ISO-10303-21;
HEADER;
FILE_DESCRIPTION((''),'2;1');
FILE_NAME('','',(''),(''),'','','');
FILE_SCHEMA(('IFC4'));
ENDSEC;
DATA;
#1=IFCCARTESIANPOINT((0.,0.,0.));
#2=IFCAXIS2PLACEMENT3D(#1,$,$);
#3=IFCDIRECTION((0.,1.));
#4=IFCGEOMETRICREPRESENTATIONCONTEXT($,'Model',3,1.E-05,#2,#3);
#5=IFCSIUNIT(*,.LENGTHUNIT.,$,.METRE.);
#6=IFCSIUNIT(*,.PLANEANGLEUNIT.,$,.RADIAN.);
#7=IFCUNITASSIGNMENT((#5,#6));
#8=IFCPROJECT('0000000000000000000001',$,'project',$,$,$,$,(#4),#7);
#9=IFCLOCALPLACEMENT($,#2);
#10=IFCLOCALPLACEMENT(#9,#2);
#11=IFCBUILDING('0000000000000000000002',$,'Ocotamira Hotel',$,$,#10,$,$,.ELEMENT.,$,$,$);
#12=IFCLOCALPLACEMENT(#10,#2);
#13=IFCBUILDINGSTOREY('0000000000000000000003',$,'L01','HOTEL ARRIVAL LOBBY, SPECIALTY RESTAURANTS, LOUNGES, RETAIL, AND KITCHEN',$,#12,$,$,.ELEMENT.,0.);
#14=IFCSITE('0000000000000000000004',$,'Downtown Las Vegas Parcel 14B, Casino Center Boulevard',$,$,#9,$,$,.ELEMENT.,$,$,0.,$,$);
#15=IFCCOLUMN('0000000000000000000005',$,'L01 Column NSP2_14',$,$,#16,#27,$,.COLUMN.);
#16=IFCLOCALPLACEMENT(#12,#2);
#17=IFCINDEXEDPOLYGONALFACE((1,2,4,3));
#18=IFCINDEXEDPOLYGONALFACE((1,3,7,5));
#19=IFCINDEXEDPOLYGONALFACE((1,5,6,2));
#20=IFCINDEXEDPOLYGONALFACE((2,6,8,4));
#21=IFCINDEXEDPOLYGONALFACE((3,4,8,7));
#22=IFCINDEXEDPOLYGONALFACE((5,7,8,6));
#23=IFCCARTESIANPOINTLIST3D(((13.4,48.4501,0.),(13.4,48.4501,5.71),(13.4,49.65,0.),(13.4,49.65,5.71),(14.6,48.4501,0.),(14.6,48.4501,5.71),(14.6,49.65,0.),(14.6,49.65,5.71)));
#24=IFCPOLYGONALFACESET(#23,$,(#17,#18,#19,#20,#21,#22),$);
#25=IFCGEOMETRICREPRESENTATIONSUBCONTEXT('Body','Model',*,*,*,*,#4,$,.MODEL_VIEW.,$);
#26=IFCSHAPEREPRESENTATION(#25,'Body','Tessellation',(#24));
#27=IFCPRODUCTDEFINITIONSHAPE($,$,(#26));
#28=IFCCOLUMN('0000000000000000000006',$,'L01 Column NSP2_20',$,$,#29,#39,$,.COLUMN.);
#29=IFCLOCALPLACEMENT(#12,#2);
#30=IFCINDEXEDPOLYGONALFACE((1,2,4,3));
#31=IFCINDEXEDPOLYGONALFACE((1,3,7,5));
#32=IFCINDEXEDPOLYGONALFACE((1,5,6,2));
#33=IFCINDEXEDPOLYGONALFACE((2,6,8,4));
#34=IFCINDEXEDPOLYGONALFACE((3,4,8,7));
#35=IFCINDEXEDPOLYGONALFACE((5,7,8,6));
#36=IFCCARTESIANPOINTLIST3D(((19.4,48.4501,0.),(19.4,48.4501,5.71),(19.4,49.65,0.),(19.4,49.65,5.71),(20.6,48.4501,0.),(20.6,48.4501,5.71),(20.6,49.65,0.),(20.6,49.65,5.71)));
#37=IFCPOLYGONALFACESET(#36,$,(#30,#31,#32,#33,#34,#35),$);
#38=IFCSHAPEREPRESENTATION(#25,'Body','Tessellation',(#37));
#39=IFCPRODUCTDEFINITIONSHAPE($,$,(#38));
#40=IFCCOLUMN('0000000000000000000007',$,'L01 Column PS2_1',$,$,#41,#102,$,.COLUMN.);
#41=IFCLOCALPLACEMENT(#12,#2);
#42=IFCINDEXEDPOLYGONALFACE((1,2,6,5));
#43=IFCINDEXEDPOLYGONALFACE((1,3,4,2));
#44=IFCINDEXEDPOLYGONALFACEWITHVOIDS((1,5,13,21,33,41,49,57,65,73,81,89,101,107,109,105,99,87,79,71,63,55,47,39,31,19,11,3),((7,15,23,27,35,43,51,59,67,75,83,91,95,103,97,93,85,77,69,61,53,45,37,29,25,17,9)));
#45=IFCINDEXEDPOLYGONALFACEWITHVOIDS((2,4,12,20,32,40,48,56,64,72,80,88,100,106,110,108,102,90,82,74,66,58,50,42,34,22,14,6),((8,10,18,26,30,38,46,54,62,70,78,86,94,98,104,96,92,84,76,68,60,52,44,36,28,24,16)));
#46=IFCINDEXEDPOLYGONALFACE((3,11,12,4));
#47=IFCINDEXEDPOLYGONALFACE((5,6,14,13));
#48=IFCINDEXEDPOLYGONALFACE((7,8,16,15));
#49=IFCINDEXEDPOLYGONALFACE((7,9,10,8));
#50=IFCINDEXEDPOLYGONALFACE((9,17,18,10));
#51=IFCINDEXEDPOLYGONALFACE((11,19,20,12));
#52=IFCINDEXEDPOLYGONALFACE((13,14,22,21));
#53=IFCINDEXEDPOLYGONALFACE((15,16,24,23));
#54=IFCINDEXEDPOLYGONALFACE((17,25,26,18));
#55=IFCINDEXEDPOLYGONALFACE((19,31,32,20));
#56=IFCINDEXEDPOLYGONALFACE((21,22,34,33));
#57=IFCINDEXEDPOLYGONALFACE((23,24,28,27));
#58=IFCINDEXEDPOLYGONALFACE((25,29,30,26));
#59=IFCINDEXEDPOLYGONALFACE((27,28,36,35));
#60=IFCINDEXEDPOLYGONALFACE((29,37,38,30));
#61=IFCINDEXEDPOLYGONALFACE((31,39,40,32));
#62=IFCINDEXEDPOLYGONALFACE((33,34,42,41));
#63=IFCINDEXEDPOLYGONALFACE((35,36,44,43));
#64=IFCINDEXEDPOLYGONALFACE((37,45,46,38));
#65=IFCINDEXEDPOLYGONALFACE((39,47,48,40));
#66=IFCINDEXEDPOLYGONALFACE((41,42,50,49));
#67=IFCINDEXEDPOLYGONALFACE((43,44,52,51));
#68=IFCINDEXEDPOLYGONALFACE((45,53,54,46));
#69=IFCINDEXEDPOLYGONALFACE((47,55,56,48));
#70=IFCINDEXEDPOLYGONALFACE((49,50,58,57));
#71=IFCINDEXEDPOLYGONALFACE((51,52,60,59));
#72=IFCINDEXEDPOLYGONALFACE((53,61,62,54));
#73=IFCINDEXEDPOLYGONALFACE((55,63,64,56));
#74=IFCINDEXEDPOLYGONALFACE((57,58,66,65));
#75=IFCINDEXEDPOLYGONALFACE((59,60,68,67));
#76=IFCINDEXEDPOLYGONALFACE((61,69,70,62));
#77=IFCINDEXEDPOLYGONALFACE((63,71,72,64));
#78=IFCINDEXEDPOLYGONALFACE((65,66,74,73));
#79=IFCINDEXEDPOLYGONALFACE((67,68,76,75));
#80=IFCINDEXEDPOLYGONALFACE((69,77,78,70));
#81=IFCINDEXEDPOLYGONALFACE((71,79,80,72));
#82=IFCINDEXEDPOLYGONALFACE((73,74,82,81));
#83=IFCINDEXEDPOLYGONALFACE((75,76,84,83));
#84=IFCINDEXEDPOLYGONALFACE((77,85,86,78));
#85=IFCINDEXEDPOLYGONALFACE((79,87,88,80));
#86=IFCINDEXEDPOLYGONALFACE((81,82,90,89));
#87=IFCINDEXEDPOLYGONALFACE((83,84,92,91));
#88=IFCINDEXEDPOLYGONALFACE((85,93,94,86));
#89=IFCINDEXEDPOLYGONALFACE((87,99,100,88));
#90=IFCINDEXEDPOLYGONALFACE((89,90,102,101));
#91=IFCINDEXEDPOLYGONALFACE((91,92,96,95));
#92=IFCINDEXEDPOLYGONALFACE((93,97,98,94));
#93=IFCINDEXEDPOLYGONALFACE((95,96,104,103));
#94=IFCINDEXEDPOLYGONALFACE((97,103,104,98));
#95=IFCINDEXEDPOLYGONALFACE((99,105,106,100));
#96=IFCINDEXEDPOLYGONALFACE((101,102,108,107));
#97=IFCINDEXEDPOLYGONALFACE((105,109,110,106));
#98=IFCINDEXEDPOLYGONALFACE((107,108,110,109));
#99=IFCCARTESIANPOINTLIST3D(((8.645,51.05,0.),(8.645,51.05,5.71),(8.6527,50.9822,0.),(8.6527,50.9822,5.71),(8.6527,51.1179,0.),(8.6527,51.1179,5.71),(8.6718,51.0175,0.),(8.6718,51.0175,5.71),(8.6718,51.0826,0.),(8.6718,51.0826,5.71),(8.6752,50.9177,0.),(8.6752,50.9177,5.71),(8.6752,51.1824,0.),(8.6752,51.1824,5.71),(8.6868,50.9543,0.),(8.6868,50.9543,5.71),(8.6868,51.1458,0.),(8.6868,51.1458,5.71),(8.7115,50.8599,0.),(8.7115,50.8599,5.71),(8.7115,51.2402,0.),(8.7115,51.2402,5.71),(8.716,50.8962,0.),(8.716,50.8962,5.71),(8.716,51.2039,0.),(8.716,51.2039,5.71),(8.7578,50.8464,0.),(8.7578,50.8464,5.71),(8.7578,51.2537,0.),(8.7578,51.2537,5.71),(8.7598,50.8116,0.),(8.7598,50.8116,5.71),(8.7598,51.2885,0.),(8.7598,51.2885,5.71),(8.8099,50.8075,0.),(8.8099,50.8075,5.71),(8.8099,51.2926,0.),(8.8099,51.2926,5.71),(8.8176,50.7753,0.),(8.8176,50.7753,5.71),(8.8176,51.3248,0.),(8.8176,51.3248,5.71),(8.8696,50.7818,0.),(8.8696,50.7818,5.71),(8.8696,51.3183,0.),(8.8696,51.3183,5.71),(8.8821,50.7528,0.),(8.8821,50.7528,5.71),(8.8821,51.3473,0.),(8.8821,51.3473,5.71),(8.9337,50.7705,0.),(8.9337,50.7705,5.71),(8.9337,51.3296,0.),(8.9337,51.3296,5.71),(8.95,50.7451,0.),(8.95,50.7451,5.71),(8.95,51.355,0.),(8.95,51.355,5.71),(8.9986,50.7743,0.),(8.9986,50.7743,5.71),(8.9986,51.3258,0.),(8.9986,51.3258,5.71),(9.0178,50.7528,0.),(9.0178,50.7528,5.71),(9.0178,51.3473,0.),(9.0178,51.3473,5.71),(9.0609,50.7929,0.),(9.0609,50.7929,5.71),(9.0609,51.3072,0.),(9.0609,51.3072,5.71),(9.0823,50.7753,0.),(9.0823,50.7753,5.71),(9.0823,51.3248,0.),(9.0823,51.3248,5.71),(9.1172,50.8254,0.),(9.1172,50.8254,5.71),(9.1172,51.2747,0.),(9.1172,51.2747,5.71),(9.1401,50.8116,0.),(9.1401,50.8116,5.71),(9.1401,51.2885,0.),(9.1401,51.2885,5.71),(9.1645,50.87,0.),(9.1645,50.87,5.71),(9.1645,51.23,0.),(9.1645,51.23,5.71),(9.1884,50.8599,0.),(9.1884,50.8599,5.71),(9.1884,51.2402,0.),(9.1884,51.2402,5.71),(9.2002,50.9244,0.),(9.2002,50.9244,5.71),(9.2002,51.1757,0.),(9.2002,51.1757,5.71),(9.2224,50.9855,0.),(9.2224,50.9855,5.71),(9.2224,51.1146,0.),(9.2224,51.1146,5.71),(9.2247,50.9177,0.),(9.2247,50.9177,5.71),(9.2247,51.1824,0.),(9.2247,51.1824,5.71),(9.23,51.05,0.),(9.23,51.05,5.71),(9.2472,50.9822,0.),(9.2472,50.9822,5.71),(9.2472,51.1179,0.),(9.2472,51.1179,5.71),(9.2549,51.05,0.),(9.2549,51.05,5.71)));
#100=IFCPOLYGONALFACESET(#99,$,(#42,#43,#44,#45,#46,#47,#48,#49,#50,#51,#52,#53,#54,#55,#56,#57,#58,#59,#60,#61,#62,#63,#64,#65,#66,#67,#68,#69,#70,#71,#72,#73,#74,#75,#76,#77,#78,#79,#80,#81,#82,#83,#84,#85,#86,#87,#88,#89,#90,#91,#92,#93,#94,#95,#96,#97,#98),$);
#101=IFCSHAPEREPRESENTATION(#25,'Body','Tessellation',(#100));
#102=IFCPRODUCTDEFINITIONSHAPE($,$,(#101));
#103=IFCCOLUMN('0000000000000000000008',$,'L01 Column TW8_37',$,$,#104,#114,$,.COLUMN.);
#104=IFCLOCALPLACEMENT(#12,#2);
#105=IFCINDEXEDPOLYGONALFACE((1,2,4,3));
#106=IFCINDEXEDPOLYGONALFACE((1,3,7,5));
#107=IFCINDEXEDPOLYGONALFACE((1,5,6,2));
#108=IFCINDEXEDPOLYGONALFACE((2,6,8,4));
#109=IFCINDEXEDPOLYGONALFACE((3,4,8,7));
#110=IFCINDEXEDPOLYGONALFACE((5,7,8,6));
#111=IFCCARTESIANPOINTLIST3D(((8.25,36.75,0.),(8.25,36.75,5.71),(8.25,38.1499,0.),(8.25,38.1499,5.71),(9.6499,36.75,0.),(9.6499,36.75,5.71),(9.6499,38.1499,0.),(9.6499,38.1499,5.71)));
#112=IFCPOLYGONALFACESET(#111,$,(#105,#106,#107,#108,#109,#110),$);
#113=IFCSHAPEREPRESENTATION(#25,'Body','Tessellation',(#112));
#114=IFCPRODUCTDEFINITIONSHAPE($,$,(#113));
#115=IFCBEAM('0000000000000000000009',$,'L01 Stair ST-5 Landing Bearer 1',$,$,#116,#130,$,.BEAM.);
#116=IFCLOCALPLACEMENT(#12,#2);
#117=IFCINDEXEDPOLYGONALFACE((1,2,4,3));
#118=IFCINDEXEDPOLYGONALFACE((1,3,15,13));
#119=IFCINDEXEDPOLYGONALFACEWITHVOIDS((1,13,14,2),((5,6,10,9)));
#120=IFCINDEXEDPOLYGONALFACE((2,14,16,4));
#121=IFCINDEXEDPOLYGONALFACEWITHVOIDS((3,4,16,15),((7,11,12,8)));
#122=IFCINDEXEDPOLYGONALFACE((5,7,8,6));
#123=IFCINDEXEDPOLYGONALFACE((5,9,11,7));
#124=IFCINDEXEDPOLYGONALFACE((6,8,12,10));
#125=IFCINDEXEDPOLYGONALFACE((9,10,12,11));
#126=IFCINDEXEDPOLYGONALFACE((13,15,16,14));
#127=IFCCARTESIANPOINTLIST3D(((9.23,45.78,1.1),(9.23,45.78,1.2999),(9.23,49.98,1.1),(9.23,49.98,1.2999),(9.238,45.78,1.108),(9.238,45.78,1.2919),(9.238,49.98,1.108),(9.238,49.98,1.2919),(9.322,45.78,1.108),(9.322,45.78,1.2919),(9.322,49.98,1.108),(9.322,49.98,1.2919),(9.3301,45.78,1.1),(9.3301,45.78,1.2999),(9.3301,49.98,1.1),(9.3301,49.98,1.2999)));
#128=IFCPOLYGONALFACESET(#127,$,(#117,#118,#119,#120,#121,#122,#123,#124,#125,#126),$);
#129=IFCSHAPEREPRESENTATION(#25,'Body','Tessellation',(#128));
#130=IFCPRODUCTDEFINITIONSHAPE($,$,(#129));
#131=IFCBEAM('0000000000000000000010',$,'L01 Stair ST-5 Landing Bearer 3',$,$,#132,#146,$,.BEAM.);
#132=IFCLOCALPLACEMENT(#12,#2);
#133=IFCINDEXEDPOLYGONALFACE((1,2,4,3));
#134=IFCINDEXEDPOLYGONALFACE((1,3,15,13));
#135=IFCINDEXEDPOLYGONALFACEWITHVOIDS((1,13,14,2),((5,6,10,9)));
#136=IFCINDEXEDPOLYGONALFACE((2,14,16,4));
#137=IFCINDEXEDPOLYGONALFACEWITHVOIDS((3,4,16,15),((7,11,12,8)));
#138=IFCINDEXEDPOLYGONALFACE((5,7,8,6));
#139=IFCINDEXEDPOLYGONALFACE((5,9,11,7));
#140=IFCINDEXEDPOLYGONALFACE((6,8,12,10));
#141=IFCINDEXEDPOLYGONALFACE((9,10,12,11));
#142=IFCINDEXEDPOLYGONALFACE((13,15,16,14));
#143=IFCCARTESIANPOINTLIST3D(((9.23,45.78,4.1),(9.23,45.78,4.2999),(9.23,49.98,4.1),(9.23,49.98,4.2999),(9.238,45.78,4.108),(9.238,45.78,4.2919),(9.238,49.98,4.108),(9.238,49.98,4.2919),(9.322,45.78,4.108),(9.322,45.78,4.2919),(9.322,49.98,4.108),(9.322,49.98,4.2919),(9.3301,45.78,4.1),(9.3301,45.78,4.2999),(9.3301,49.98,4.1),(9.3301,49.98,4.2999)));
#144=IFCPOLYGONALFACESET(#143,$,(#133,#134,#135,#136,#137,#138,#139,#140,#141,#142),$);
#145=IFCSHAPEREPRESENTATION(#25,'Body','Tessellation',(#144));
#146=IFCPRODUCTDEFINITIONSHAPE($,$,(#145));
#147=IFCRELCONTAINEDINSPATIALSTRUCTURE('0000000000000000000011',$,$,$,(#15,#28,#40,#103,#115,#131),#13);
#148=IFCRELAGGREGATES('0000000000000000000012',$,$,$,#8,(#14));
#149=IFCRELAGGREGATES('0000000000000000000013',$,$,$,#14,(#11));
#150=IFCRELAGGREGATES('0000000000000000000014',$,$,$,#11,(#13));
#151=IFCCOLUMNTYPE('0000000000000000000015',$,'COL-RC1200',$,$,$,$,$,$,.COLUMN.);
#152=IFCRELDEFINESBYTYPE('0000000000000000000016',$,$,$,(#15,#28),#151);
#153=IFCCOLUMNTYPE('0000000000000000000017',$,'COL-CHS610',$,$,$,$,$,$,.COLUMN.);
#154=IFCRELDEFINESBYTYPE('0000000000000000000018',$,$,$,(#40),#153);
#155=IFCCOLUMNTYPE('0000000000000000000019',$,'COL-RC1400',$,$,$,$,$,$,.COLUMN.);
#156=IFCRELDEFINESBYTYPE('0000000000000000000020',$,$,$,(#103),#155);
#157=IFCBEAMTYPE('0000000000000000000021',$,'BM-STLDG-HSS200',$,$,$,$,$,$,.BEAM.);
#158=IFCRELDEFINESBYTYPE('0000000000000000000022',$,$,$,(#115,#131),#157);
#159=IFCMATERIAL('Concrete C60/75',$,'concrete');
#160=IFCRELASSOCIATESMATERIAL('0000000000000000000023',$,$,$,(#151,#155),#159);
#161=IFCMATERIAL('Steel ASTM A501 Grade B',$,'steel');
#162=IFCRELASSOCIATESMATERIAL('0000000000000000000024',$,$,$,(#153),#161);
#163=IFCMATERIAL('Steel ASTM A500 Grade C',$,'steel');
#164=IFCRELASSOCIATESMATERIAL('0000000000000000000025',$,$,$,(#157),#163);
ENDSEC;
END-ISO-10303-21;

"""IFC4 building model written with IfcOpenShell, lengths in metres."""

from ifc_helpers import new_model, si_unit, direction, frame, origin, origin_2d, place, context, subcontext, project, spatial, rectangle, hollow_rectangle, hollow_circle, extrude, source, transform, mapped, material, material_profile, profile_set, type_object, element, save


model = new_model("IFC4")

# Units and contexts
model_context = context("Model", 3, precision=1e-05, world=origin(), true_north=direction((0.0, 1.0)))
body_context = subcontext(model_context, "Body", "Model", "MODEL_VIEW")
ifc_project = project(units=[si_unit("LENGTHUNIT", "METRE"), si_unit("PLANEANGLEUNIT", "RADIAN")], contexts=[model_context])

# Site, building, storey
site_placement = place(None, origin())
site = spatial("IfcSite", under=ifc_project, at=site_placement, Name="Downtown Las Vegas Parcel 14B, Casino Center Boulevard", CompositionType="ELEMENT", RefElevation=0.0)
building_placement = place(site_placement, origin())
building = spatial("IfcBuilding", under=site, at=building_placement, Name="Ocotamira Hotel", CompositionType="ELEMENT")
storey_placement = place(building_placement, origin())
storey = spatial("IfcBuildingStorey", under=building, at=storey_placement, Name="L01", Description="HOTEL ARRIVAL LOBBY, SPECIALTY RESTAURANTS, LOUNGES, RETAIL, AND KITCHEN", CompositionType="ELEMENT", Elevation=0.0)

# Columns
ifc_material_1 = material(Name="Concrete C60/75", Category="concrete")
ifc_material_profile_1 = material_profile(ifc_material_1, rectangle(XDim=1.2, YDim=1.2, at=origin_2d()), Name="RC1200X1200")
ifc_profile_set_1 = profile_set([ifc_material_profile_1], Name="Concrete C60/75")
column_type_1 = type_object("IfcColumnType", Name="COL-RC1200", PredefinedType="COLUMN", material=ifc_profile_set_1)
shared_shape_1 = source(origin(), body_context, "Body", "SweptSolid", [
    extrude(rectangle(XDim=1.2, YDim=1.2, at=origin_2d()), origin(), (0.0, 0.0, 1.0), 5.71),
])
for number, where, z_axis, x_axis, name in (
    (1, (14.0, 49.05, 0.0), (0.0, 0.0, 1.0), (1.0, 0.0, 0.0), "L01 Column NSP2_14"),
    (2, (20.0, 49.05, 0.0), (0.0, 0.0, 1.0), (1.0, 0.0, 0.0), "L01 Column NSP2_20"),
):
    element("IfcColumn", number, at=place(storey_placement, frame(where, z_axis=z_axis, x_axis=x_axis)), inside=storey, type_object=column_type_1, Name=name, PredefinedType="COLUMN", context=body_context, shape_type="MappedRepresentation", body=[
        mapped(shared_shape_1, transform((0.0, 0.0, 0.0), scale=1.0)),
    ])
ifc_material_2 = material(Name="Steel ASTM A501 Grade B", Category="steel")
ifc_material_profile_2 = material_profile(ifc_material_2, hollow_circle(Radius=0.3049, WallThickness=0.0249, at=origin_2d()), Name="CHS610X25")
ifc_profile_set_2 = profile_set([ifc_material_profile_2], Name="Steel ASTM A501 Grade B")
column_type_2 = type_object("IfcColumnType", Name="COL-CHS610", PredefinedType="COLUMN", material=ifc_profile_set_2)
shared_shape_2 = source(origin(), body_context, "Body", "SweptSolid", [
    extrude(hollow_circle(Radius=0.3049, WallThickness=0.0249, at=origin_2d()), origin(), (0.0, 0.0, 1.0), 5.71),
])
column_1_placement = place(storey_placement, frame((8.95, 51.05, 0.0), z_axis=(0.0, 0.0, 1.0), x_axis=(1.0, 0.0, 0.0)))
element("IfcColumn", 3, at=column_1_placement, inside=storey, type_object=column_type_2, Name="L01 Column PS2_1", PredefinedType="COLUMN", context=body_context, shape_type="MappedRepresentation", body=[
    mapped(shared_shape_2, transform((0.0, 0.0, 0.0), scale=1.0)),
])
ifc_material_profile_3 = material_profile(ifc_material_1, rectangle(XDim=1.3999, YDim=1.3999, at=origin_2d()), Name="RC1400X1400")
ifc_profile_set_3 = profile_set([ifc_material_profile_3], Name="Concrete C60/75")
column_type_3 = type_object("IfcColumnType", Name="COL-RC1400", PredefinedType="COLUMN", material=ifc_profile_set_3)
shared_shape_3 = source(origin(), body_context, "Body", "SweptSolid", [
    extrude(rectangle(XDim=1.3999, YDim=1.3999, at=origin_2d()), origin(), (0.0, 0.0, 1.0), 5.71),
])
column_2_placement = place(storey_placement, frame((8.95, 37.45, 0.0), z_axis=(0.0, 0.0, 1.0), x_axis=(1.0, 0.0, 0.0)))
element("IfcColumn", 4, at=column_2_placement, inside=storey, type_object=column_type_3, Name="L01 Column TW8_37", PredefinedType="COLUMN", context=body_context, shape_type="MappedRepresentation", body=[
    mapped(shared_shape_3, transform((0.0, 0.0, 0.0), scale=1.0)),
])

# Beams
ifc_material_3 = material(Name="Steel ASTM A500 Grade C", Category="steel")
ifc_material_profile_4 = material_profile(ifc_material_3, hollow_rectangle(XDim=0.1001, YDim=0.2, WallThickness=0.0081, at=origin_2d()), Name="HSS200X100X8")
ifc_profile_set_4 = profile_set([ifc_material_profile_4], Name="Steel ASTM A500 Grade C")
beam_type_1 = type_object("IfcBeamType", Name="BM-STLDG-HSS200", PredefinedType="BEAM", material=ifc_profile_set_4)
shared_shape_4 = source(origin(), body_context, "Body", "SweptSolid", [
    extrude(hollow_rectangle(XDim=0.1001, YDim=0.2, WallThickness=0.0081, at=origin_2d()), origin(), (0.0, 0.0, 1.0), 4.2),
])
for number, where, z_axis, x_axis, name in (
    (5, (9.28, 45.78, 1.2), (0.0, 1.0, 0.0), (-1.0, 0.0, 0.0), "L01 Stair ST-5 Landing Bearer 1"),
    (6, (9.28, 45.78, 4.2), (0.0, 1.0, 0.0), (-1.0, 0.0, 0.0), "L01 Stair ST-5 Landing Bearer 3"),
):
    element("IfcBeam", number, at=place(storey_placement, frame(where, z_axis=z_axis, x_axis=x_axis)), inside=storey, type_object=beam_type_1, Name=name, PredefinedType="BEAM", context=body_context, shape_type="MappedRepresentation", body=[
        mapped(shared_shape_4, transform((0.0, 0.0, 0.0), scale=1.0)),
    ])

save(model, "model.ifc")
